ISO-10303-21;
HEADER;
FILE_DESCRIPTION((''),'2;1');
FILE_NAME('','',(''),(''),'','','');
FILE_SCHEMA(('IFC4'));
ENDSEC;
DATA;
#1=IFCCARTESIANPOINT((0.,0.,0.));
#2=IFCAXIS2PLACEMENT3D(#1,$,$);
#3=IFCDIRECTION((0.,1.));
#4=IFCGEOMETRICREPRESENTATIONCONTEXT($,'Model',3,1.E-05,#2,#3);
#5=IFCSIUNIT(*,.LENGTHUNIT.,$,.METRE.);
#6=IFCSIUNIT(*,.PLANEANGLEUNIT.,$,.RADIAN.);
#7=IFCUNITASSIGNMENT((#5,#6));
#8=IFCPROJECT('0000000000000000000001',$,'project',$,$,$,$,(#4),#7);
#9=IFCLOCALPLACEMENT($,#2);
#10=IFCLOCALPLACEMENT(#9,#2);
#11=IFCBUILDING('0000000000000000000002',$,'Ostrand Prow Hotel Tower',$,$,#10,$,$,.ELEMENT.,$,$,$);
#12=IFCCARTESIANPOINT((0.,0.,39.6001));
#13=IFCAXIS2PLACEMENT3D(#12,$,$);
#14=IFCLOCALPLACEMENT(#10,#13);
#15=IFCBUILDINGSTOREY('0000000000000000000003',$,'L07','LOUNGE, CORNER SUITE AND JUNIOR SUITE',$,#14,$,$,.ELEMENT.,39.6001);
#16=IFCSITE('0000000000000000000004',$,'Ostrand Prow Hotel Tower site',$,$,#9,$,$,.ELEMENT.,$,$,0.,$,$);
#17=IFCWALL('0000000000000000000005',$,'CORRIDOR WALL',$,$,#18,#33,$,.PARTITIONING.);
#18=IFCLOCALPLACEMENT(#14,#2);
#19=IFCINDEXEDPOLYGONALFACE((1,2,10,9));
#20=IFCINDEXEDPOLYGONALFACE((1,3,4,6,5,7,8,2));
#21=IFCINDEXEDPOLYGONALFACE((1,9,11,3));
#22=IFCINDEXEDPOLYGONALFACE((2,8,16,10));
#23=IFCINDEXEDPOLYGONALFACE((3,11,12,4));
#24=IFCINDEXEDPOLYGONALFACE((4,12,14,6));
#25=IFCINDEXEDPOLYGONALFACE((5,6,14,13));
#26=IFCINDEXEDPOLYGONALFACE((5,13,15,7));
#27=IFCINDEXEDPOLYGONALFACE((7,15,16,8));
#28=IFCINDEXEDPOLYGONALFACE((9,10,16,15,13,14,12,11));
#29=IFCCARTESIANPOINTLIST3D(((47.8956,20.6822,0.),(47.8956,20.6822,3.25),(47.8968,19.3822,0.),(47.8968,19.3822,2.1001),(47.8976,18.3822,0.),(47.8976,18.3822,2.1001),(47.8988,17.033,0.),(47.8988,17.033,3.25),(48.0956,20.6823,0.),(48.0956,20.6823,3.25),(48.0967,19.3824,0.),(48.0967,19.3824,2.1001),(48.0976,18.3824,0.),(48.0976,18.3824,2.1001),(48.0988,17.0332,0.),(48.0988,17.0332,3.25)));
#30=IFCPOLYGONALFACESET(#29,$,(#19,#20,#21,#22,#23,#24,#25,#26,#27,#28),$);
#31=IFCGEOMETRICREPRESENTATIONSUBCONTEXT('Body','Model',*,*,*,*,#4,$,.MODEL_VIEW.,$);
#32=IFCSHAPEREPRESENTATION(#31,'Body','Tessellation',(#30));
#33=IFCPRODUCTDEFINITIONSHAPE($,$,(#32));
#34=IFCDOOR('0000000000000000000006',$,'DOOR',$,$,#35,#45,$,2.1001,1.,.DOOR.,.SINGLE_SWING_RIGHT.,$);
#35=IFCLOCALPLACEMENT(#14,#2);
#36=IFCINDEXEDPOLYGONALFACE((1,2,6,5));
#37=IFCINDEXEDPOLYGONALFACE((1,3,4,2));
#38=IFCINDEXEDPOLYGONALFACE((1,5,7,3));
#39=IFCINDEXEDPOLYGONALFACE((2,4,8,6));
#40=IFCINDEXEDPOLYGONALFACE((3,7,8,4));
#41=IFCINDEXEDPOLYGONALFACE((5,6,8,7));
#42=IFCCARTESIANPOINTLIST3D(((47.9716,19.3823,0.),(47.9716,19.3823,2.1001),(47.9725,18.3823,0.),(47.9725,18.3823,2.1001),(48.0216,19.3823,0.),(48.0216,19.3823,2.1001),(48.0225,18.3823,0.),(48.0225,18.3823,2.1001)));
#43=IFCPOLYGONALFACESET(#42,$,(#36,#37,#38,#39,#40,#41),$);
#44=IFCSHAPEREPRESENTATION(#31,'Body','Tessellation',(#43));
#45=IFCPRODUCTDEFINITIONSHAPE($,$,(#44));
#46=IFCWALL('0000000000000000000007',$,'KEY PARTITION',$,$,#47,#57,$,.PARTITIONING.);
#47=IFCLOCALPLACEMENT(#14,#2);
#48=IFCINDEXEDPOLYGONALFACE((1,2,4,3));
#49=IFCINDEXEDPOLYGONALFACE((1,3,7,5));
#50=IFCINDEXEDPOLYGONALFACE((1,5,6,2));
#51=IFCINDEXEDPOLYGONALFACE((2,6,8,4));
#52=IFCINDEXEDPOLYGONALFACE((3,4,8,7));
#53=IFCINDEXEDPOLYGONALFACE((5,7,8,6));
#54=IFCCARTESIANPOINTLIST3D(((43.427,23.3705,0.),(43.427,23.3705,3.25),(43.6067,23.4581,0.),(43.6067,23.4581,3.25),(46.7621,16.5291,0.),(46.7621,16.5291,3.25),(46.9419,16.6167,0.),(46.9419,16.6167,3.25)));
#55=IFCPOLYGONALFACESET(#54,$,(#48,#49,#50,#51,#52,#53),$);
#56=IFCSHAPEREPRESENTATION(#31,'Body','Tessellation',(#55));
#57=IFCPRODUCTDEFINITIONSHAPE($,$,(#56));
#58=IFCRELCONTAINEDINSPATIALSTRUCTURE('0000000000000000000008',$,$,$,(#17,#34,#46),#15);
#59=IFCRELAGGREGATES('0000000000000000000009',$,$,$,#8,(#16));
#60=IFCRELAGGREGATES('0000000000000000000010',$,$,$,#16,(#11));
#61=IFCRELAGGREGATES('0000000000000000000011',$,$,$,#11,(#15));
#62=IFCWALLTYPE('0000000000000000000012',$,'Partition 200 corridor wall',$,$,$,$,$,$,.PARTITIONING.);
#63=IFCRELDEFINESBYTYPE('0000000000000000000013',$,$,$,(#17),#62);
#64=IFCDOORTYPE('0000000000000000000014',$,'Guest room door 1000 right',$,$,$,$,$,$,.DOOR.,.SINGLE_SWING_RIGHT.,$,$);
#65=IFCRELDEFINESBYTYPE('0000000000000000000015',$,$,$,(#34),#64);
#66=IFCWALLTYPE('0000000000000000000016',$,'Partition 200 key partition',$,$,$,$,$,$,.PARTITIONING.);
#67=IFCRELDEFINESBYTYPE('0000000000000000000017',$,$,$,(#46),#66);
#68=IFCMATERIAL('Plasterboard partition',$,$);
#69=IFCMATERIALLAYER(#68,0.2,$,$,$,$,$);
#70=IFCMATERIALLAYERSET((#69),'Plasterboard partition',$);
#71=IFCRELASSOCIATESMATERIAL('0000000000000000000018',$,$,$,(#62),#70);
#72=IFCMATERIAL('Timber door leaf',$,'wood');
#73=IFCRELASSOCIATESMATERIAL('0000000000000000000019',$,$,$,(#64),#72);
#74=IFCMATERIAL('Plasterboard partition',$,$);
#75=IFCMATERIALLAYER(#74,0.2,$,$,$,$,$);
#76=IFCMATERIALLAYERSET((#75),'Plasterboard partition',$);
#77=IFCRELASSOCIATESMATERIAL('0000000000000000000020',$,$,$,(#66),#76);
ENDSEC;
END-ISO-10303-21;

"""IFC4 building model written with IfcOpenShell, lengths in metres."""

from ifc_helpers import new_model, si_unit, direction, frame, frame_2d, origin, place, context, subcontext, project, spatial, rectangle, extrude, material, layer, layer_set, type_object, element, fill, save


model = new_model("IFC4")

# Units and contexts
model_context = context("Model", 3, precision=1e-05, world=origin(), true_north=direction((0.0, 1.0)))
body_context = subcontext(model_context, "Body", "Model", "MODEL_VIEW")
ifc_project = project(units=[si_unit("LENGTHUNIT", "METRE"), si_unit("PLANEANGLEUNIT", "RADIAN")], contexts=[model_context])

# Site, building, storey
site_placement = place(None, origin())
site = spatial("IfcSite", under=ifc_project, at=site_placement, Name="Ostrand Prow Hotel Tower site", CompositionType="ELEMENT", RefElevation=0.0)
building_placement = place(site_placement, origin())
building = spatial("IfcBuilding", under=site, at=building_placement, Name="Ostrand Prow Hotel Tower", CompositionType="ELEMENT")
storey_placement = place(building_placement, frame((0.0, 0.0, 39.6001)))
storey = spatial("IfcBuildingStorey", under=building, at=storey_placement, Name="L07", Description="LOUNGE, CORNER SUITE AND JUNIOR SUITE", CompositionType="ELEMENT", Elevation=39.6001)

# Shared definitions
ifc_material_1 = material(Name="Plasterboard partition")
ifc_layer_1 = layer(ifc_material_1, 0.2)
ifc_layer_set_1 = layer_set([ifc_layer_1], Name="Plasterboard partition")
wall_type_1 = type_object("IfcWallType", Name="Partition 200 corridor wall", PredefinedType="PARTITIONING", material=ifc_layer_set_1)
ifc_material_2 = material(Name="Timber door leaf", Category="wood")
door_type_1 = type_object("IfcDoorType", Name="Guest room door 1000 right", OperationType="SINGLE_SWING_RIGHT", PredefinedType="DOOR", material=ifc_material_2)

# Wall, opening, door
wall_1_placement = place(storey_placement, frame((47.9956, 20.6824, 0.0), z_axis=(0.0, 0.0, 1.0), x_axis=(0.00087, -1.0, 0.0)))
wall_1 = element("IfcWall", 1, at=wall_1_placement, inside=storey, type_object=wall_type_1, Name="CORRIDOR WALL", PredefinedType="PARTITIONING", context=body_context, shape_type="SweptSolid", body=[
    extrude(rectangle(XDim=3.6492, YDim=0.2, at=frame_2d((1.8247, 0.0))), origin(), (0.0, 0.0, 1.0), 3.25),
])
opening_1_placement = place(wall_1_placement, frame((1.3, 0.0, 0.0)))
opening_1 = element("IfcOpeningElement", 2, at=opening_1_placement, cuts=wall_1, PredefinedType="OPENING", context=body_context, shape_type="SweptSolid", body=[
    extrude(rectangle(XDim=1.0, YDim=2.1001, at=frame_2d((0.5, 1.05))), frame((0.0, 0.1099, 0.0), z_axis=(0.0, -1.0, 0.0), x_axis=(1.0, 0.0, 0.0)), (0.0, 0.0, 1.0), 0.22),
])
door_1_placement = place(opening_1_placement, origin())
door_1 = element("IfcDoor", 3, at=door_1_placement, inside=storey, type_object=door_type_1, Name="DOOR", OperationType="SINGLE_SWING_RIGHT", OverallHeight=2.1001, OverallWidth=1.0, PredefinedType="DOOR", context=body_context, shape_type="SweptSolid", body=[
    extrude(rectangle(XDim=1.0, YDim=2.1001, at=frame_2d((0.5, 1.05))), frame((0.0, 0.0249, 0.0), z_axis=(0.0, -1.0, 0.0), x_axis=(1.0, 0.0, 0.0)), (0.0, 0.0, 1.0), 0.05),
])
fill(opening_1, door_1)

# Wall
ifc_material_3 = material(Name="Plasterboard partition")
ifc_layer_2 = layer(ifc_material_3, 0.2)
ifc_layer_set_2 = layer_set([ifc_layer_2], Name="Plasterboard partition")
wall_type_2 = type_object("IfcWallType", Name="Partition 200 key partition", PredefinedType="PARTITIONING", material=ifc_layer_set_2)
wall_2_placement = place(storey_placement, frame((46.8521, 16.5728, 0.0), z_axis=(0.0, 0.0, 1.0), x_axis=(-0.438197, 0.898879, 0.0)))
element("IfcWall", 4, at=wall_2_placement, inside=storey, type_object=wall_type_2, Name="KEY PARTITION", PredefinedType="PARTITIONING", context=body_context, shape_type="SweptSolid", body=[
    extrude(rectangle(XDim=7.6111, YDim=0.2, at=frame_2d((3.8057, 0.0))), origin(), (0.0, 0.0, 1.0), 3.25),
])

save(model, "model.ifc")
